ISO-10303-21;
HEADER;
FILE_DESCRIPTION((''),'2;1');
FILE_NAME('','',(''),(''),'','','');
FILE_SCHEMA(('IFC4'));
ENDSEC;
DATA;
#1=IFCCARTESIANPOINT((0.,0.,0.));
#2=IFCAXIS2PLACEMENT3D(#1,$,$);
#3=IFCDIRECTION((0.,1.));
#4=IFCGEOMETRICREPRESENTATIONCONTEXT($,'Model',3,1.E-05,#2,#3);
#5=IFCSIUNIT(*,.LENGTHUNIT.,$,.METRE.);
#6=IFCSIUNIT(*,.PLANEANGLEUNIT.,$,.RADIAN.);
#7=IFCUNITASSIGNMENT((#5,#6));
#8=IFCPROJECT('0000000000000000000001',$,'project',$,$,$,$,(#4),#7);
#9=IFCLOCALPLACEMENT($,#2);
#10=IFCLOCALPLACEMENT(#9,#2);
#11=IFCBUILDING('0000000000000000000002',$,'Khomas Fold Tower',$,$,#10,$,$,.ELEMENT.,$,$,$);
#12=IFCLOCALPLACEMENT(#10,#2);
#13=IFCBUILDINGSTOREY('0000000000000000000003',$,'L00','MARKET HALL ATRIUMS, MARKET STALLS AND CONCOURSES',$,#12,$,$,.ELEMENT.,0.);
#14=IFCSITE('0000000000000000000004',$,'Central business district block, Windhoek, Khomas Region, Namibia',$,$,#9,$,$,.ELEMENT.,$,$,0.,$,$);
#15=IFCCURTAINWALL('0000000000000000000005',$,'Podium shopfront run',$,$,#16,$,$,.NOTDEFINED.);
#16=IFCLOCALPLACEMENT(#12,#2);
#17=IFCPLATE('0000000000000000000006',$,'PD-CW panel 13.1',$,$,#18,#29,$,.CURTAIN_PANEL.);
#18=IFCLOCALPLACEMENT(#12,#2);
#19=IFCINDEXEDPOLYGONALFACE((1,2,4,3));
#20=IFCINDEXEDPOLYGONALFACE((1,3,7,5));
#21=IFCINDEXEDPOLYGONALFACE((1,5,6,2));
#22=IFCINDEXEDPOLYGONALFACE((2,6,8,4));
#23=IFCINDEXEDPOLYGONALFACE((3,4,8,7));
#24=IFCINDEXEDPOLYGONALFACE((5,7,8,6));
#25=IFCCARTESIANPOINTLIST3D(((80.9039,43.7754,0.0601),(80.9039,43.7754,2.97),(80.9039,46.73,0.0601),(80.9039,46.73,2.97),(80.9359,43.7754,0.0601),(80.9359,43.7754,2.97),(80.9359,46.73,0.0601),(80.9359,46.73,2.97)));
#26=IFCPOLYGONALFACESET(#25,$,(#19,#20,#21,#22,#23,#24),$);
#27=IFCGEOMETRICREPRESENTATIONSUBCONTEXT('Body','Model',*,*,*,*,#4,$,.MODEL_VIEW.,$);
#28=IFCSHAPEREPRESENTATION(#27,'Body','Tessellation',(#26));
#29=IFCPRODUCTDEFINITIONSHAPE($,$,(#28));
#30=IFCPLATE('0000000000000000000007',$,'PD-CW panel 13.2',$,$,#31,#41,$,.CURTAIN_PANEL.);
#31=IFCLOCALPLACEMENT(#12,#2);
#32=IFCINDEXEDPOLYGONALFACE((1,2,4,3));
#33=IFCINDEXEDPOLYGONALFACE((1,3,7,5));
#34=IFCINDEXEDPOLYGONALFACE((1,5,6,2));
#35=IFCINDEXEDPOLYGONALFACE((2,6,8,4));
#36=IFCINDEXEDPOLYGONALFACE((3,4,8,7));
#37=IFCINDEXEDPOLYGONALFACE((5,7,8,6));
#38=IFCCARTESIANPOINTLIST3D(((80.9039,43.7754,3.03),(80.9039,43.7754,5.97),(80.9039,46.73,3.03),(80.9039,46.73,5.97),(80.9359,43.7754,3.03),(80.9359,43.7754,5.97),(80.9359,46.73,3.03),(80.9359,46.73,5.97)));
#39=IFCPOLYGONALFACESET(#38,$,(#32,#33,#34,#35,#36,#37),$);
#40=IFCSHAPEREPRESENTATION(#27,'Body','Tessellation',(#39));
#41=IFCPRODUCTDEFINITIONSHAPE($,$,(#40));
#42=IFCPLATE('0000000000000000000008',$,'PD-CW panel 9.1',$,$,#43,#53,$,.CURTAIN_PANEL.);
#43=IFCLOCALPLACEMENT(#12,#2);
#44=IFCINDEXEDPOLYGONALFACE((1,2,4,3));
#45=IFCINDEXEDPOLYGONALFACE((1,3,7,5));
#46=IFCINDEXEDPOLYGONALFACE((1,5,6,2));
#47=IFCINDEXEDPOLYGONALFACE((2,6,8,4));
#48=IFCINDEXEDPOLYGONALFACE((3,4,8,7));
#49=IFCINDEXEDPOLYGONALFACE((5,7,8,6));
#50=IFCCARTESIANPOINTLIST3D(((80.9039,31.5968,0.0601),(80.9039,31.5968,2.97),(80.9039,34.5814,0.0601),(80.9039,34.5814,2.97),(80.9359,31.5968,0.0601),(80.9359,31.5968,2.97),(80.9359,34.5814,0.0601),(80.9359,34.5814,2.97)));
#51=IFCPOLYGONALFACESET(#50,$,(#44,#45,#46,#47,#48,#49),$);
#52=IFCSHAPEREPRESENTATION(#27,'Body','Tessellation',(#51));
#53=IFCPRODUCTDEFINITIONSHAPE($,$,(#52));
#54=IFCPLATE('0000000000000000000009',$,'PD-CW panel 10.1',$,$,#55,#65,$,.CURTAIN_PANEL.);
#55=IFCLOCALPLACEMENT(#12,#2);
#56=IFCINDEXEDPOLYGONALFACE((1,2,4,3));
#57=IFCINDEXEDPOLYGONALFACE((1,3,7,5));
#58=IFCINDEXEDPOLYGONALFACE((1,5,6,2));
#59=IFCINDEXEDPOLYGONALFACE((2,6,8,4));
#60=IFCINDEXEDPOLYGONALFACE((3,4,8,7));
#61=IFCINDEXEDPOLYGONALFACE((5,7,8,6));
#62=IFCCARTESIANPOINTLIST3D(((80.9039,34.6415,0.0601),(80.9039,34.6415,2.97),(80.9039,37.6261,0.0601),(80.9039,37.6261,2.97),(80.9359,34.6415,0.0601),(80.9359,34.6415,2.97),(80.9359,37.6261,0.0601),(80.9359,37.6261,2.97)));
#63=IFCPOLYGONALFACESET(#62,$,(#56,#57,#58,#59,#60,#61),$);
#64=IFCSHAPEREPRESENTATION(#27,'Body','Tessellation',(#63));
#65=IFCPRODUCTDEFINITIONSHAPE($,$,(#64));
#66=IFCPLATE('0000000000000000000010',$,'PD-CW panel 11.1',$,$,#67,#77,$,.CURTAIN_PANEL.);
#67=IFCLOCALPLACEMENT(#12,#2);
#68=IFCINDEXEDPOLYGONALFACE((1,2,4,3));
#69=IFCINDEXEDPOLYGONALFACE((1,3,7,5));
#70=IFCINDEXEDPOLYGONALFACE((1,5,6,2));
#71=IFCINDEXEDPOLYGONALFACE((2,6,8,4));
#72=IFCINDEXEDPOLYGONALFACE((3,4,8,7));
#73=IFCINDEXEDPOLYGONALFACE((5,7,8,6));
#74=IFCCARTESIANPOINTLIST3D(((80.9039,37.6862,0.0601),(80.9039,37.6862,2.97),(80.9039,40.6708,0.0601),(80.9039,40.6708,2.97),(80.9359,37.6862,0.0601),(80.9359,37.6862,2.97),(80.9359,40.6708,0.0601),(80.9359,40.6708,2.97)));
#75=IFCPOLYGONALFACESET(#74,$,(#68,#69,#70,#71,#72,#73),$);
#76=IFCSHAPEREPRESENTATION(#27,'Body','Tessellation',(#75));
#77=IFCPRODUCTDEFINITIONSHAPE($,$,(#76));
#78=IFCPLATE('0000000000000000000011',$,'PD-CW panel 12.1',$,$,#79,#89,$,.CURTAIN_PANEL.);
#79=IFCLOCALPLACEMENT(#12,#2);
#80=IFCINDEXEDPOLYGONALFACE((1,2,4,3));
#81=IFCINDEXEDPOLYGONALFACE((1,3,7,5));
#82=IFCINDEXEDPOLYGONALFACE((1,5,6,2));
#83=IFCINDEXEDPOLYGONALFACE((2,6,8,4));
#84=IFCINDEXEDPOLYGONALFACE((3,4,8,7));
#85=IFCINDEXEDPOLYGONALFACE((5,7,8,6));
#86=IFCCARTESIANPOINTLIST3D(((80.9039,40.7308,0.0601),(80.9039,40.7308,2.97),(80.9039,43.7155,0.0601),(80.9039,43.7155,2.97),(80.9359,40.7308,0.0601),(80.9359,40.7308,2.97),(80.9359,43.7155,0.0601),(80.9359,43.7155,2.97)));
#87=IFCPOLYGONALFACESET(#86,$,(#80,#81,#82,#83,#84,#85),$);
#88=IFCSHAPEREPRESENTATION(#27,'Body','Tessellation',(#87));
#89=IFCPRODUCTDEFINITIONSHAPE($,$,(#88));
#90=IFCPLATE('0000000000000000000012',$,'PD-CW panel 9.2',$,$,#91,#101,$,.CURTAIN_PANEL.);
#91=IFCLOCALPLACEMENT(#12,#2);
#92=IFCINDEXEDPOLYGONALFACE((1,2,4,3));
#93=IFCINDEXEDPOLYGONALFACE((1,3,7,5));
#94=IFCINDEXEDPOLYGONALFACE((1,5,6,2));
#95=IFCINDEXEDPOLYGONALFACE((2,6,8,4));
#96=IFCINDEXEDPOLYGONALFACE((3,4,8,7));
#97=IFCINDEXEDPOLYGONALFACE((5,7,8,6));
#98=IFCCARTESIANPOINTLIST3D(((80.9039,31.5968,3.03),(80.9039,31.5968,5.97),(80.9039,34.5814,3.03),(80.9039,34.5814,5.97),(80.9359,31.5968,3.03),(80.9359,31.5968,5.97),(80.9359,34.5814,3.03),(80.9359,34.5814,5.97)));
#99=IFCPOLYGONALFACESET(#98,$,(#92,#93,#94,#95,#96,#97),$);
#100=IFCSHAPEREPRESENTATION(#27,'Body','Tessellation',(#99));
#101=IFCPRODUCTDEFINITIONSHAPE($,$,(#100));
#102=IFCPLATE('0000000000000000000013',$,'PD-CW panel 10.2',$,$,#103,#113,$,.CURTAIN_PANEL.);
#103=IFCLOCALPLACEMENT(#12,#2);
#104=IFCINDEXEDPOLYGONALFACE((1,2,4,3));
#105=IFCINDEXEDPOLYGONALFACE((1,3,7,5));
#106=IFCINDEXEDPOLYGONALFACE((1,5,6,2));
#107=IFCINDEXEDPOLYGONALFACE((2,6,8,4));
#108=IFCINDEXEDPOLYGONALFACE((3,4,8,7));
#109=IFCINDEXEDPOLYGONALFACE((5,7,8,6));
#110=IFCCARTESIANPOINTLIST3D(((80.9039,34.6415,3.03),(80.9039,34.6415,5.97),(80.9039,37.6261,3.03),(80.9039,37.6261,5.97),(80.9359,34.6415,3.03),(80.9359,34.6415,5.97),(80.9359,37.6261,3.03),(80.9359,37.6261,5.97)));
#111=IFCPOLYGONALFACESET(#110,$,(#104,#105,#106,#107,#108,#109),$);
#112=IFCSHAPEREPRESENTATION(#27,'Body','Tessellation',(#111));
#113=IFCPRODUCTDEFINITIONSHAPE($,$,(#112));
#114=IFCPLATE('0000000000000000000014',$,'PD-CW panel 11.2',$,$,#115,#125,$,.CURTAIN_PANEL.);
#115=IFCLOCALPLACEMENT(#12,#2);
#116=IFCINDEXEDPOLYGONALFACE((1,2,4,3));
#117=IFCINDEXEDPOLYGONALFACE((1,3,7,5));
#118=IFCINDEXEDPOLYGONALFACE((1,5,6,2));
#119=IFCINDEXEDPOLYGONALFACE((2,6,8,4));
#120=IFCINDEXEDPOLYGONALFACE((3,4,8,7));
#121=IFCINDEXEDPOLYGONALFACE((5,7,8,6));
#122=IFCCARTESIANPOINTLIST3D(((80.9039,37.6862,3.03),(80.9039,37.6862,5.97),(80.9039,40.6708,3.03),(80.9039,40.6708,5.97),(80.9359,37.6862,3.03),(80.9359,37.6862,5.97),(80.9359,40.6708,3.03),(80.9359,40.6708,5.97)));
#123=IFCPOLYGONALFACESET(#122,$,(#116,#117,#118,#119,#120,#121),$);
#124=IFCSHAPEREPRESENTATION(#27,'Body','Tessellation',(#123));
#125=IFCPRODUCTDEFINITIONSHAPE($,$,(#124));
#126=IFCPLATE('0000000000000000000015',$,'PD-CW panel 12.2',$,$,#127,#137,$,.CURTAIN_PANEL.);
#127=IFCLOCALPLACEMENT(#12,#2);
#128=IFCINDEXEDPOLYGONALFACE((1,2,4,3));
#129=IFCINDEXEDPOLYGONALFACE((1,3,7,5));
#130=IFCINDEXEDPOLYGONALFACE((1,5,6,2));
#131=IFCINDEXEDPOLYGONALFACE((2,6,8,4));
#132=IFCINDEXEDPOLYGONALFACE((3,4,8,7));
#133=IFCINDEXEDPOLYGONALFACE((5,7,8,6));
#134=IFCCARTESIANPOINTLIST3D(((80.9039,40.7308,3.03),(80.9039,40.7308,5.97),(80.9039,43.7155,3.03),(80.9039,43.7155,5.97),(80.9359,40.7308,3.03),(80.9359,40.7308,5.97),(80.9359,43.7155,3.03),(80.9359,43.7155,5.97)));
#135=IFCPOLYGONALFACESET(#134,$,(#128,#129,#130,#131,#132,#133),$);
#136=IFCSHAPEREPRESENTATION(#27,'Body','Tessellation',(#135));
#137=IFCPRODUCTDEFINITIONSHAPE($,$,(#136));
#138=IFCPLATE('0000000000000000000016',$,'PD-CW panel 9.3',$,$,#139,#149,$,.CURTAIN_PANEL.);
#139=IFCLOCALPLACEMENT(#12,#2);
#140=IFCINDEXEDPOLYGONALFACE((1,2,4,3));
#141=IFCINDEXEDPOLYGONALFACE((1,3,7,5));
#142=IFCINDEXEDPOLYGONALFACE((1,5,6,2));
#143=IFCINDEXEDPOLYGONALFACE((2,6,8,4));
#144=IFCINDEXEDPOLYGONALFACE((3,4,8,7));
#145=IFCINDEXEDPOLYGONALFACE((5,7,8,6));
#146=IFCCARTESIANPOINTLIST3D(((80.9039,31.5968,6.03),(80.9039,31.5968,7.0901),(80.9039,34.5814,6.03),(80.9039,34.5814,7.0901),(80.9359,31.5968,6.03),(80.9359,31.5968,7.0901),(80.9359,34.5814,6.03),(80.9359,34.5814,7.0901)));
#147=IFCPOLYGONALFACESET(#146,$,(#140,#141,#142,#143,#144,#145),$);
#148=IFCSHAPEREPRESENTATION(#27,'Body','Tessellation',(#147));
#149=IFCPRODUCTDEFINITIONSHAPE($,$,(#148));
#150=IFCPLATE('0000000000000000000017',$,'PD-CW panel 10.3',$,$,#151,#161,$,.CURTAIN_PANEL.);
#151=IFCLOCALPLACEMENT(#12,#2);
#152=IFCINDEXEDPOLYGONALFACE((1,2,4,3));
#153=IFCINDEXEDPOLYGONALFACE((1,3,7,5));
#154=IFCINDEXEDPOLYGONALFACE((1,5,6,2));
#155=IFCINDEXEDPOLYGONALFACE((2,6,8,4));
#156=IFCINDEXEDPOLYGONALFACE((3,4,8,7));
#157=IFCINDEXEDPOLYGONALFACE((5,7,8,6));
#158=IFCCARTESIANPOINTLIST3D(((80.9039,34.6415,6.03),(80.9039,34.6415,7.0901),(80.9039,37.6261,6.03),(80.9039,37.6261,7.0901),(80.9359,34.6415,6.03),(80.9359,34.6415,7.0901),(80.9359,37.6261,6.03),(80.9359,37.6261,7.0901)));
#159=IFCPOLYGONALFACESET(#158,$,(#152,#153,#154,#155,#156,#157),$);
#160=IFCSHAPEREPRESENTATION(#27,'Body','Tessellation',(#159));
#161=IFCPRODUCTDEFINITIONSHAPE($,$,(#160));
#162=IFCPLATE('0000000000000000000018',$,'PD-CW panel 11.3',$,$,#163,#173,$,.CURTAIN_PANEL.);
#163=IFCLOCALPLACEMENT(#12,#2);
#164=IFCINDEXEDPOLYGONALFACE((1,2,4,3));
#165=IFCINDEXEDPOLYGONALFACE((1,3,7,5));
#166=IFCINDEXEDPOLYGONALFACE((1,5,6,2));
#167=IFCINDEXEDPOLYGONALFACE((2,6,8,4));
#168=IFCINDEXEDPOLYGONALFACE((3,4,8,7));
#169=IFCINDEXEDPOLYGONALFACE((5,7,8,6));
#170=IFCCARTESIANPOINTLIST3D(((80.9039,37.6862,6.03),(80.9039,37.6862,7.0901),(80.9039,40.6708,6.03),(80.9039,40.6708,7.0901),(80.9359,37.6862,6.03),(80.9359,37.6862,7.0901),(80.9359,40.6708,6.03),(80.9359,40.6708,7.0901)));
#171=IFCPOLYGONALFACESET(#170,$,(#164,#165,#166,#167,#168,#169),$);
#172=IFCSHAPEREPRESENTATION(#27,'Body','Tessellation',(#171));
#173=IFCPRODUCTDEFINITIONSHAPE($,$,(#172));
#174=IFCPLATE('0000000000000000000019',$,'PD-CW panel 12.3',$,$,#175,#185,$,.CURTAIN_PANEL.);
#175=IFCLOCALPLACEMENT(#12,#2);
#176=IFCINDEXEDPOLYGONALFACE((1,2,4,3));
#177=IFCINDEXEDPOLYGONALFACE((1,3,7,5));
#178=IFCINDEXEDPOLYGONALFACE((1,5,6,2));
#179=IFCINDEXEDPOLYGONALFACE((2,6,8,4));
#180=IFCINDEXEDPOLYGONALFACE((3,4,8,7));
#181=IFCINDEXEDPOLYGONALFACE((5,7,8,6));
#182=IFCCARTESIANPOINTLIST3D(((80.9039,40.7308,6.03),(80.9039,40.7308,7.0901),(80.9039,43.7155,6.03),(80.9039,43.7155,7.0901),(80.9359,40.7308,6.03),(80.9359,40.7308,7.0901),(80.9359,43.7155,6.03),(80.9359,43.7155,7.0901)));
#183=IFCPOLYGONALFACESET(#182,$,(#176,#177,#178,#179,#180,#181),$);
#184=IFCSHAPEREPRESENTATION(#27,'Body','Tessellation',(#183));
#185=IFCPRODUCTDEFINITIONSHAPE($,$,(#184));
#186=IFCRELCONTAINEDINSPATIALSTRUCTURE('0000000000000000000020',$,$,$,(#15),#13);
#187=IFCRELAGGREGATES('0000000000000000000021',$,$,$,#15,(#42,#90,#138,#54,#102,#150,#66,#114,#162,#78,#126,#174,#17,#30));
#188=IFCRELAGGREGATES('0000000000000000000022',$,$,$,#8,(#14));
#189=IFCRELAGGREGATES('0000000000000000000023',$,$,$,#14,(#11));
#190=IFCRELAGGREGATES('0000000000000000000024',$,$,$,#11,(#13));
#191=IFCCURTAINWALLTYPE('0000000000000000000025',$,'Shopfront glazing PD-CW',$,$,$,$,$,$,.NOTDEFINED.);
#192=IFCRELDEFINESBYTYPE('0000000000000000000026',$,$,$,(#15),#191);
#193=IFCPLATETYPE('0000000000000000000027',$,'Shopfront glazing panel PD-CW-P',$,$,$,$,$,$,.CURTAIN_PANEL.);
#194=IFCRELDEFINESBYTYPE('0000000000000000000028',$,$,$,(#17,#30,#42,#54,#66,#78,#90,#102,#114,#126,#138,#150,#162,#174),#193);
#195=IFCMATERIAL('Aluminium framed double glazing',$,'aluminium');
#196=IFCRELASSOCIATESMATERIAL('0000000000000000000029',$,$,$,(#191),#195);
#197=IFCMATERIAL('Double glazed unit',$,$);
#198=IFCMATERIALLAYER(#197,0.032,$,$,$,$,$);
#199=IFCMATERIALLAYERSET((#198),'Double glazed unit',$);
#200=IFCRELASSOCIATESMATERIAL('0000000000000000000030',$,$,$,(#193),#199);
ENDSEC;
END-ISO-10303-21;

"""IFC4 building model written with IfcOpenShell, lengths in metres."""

from ifc_helpers import new_model, si_unit, direction, frame, origin, origin_2d, place, context, subcontext, project, spatial, rectangle, extrude, source, transform, mapped, material, layer, layer_set, type_object, element, aggregate, save


model = new_model("IFC4")

# Units and contexts
model_context = context("Model", 3, precision=1e-05, world=origin(), true_north=direction((0.0, 1.0)))
body_context = subcontext(model_context, "Body", "Model", "MODEL_VIEW")
ifc_project = project(units=[si_unit("LENGTHUNIT", "METRE"), si_unit("PLANEANGLEUNIT", "RADIAN")], contexts=[model_context])

# Site, building, storey
site_placement = place(None, origin())
site = spatial("IfcSite", under=ifc_project, at=site_placement, Name="Central business district block, Windhoek, Khomas Region, Namibia", CompositionType="ELEMENT", RefElevation=0.0)
building_placement = place(site_placement, origin())
building = spatial("IfcBuilding", under=site, at=building_placement, Name="Khomas Fold Tower", CompositionType="ELEMENT")
storey_placement = place(building_placement, origin())
storey = spatial("IfcBuildingStorey", under=building, at=storey_placement, Name="L00", Description="MARKET HALL ATRIUMS, MARKET STALLS AND CONCOURSES", CompositionType="ELEMENT", Elevation=0.0)

# Curtain wall, plates
ifc_material_1 = material(Name="Aluminium framed double glazing", Category="aluminium")
curtain_wall_type = type_object("IfcCurtainWallType", Name="Shopfront glazing PD-CW", PredefinedType="NOTDEFINED", material=ifc_material_1)
curtain_wall_placement = place(storey_placement, origin())
curtain_wall = element("IfcCurtainWall", 1, at=curtain_wall_placement, inside=storey, type_object=curtain_wall_type, Name="Podium shopfront run", PredefinedType="NOTDEFINED")
ifc_material_2 = material(Name="Double glazed unit")
ifc_layer = layer(ifc_material_2, 0.032)
ifc_layer_set = layer_set([ifc_layer], Name="Double glazed unit")
plate_type = type_object("IfcPlateType", Name="Shopfront glazing panel PD-CW-P", PredefinedType="CURTAIN_PANEL", material=ifc_layer_set)
shared_shape_1 = source(origin(), body_context, "Body", "SweptSolid", [
    extrude(rectangle(XDim=2.9546, YDim=0.032, at=origin_2d()), origin(), (0.0, 0.0, 1.0), 2.9099),
])
plate_1_placement = place(storey_placement, frame((80.9199, 45.2527, 0.0601), z_axis=(0.0, 0.0, 1.0), x_axis=(0.0, 1.0, 0.0)))
plate_1 = element("IfcPlate", 2, at=plate_1_placement, type_object=plate_type, Name="PD-CW panel 13.1", PredefinedType="CURTAIN_PANEL", context=body_context, shape_type="MappedRepresentation", body=[
    mapped(shared_shape_1, transform((0.0, 0.0, 0.0))),
])
shared_shape_2 = source(origin(), body_context, "Body", "SweptSolid", [
    extrude(rectangle(XDim=2.9546, YDim=0.032, at=origin_2d()), origin(), (0.0, 0.0, 1.0), 2.9399),
])
plate_2_placement = place(storey_placement, frame((80.9199, 45.2527, 3.03), z_axis=(0.0, 0.0, 1.0), x_axis=(0.0, 1.0, 0.0)))
plate_2 = element("IfcPlate", 3, at=plate_2_placement, type_object=plate_type, Name="PD-CW panel 13.2", PredefinedType="CURTAIN_PANEL", context=body_context, shape_type="MappedRepresentation", body=[
    mapped(shared_shape_2, transform((0.0, 0.0, 0.0))),
])
shared_shape_3 = source(origin(), body_context, "Body", "SweptSolid", [
    extrude(rectangle(XDim=2.9846, YDim=0.032, at=origin_2d()), origin(), (0.0, 0.0, 1.0), 2.9099),
])
plate_3_placement = place(storey_placement, frame((80.9199, 33.0891, 0.0601), z_axis=(0.0, 0.0, 1.0), x_axis=(0.0, 1.0, 0.0)))
plate_3 = element("IfcPlate", 4, at=plate_3_placement, type_object=plate_type, Name="PD-CW panel 9.1", PredefinedType="CURTAIN_PANEL", context=body_context, shape_type="MappedRepresentation", body=[
    mapped(shared_shape_3, transform((0.0, 0.0, 0.0))),
])
plate_4_placement = place(storey_placement, frame((80.9199, 36.1338, 0.0601), z_axis=(0.0, 0.0, 1.0), x_axis=(0.0, 1.0, 0.0)))
plate_4 = element("IfcPlate", 5, at=plate_4_placement, type_object=plate_type, Name="PD-CW panel 10.1", PredefinedType="CURTAIN_PANEL", context=body_context, shape_type="MappedRepresentation", body=[
    mapped(shared_shape_3, transform((0.0, 0.0, 0.0))),
])
plate_5_placement = place(storey_placement, frame((80.9199, 39.1785, 0.0601), z_axis=(0.0, 0.0, 1.0), x_axis=(0.0, 1.0, 0.0)))
plate_5 = element("IfcPlate", 6, at=plate_5_placement, type_object=plate_type, Name="PD-CW panel 11.1", PredefinedType="CURTAIN_PANEL", context=body_context, shape_type="MappedRepresentation", body=[
    mapped(shared_shape_3, transform((0.0, 0.0, 0.0))),
])
plate_6_placement = place(storey_placement, frame((80.9199, 42.2231, 0.0601), z_axis=(0.0, 0.0, 1.0), x_axis=(0.0, 1.0, 0.0)))
plate_6 = element("IfcPlate", 7, at=plate_6_placement, type_object=plate_type, Name="PD-CW panel 12.1", PredefinedType="CURTAIN_PANEL", context=body_context, shape_type="MappedRepresentation", body=[
    mapped(shared_shape_3, transform((0.0, 0.0, 0.0))),
])
shared_shape_4 = source(origin(), body_context, "Body", "SweptSolid", [
    extrude(rectangle(XDim=2.9846, YDim=0.032, at=origin_2d()), origin(), (0.0, 0.0, 1.0), 2.9399),
])
plate_7_placement = place(storey_placement, frame((80.9199, 33.0891, 3.03), z_axis=(0.0, 0.0, 1.0), x_axis=(0.0, 1.0, 0.0)))
plate_7 = element("IfcPlate", 8, at=plate_7_placement, type_object=plate_type, Name="PD-CW panel 9.2", PredefinedType="CURTAIN_PANEL", context=body_context, shape_type="MappedRepresentation", body=[
    mapped(shared_shape_4, transform((0.0, 0.0, 0.0))),
])
plate_8_placement = place(storey_placement, frame((80.9199, 36.1338, 3.03), z_axis=(0.0, 0.0, 1.0), x_axis=(0.0, 1.0, 0.0)))
plate_8 = element("IfcPlate", 9, at=plate_8_placement, type_object=plate_type, Name="PD-CW panel 10.2", PredefinedType="CURTAIN_PANEL", context=body_context, shape_type="MappedRepresentation", body=[
    mapped(shared_shape_4, transform((0.0, 0.0, 0.0))),
])
plate_9_placement = place(storey_placement, frame((80.9199, 39.1785, 3.03), z_axis=(0.0, 0.0, 1.0), x_axis=(0.0, 1.0, 0.0)))
plate_9 = element("IfcPlate", 10, at=plate_9_placement, type_object=plate_type, Name="PD-CW panel 11.2", PredefinedType="CURTAIN_PANEL", context=body_context, shape_type="MappedRepresentation", body=[
    mapped(shared_shape_4, transform((0.0, 0.0, 0.0))),
])
plate_10_placement = place(storey_placement, frame((80.9199, 42.2231, 3.03), z_axis=(0.0, 0.0, 1.0), x_axis=(0.0, 1.0, 0.0)))
plate_10 = element("IfcPlate", 11, at=plate_10_placement, type_object=plate_type, Name="PD-CW panel 12.2", PredefinedType="CURTAIN_PANEL", context=body_context, shape_type="MappedRepresentation", body=[
    mapped(shared_shape_4, transform((0.0, 0.0, 0.0))),
])
shared_shape_5 = source(origin(), body_context, "Body", "SweptSolid", [
    extrude(rectangle(XDim=2.9846, YDim=0.032, at=origin_2d()), origin(), (0.0, 0.0, 1.0), 1.0601),
])
plate_11_placement = place(storey_placement, frame((80.9199, 33.0891, 6.03), z_axis=(0.0, 0.0, 1.0), x_axis=(0.0, 1.0, 0.0)))
plate_11 = element("IfcPlate", 12, at=plate_11_placement, type_object=plate_type, Name="PD-CW panel 9.3", PredefinedType="CURTAIN_PANEL", context=body_context, shape_type="MappedRepresentation", body=[
    mapped(shared_shape_5, transform((0.0, 0.0, 0.0))),
])
plate_12_placement = place(storey_placement, frame((80.9199, 36.1338, 6.03), z_axis=(0.0, 0.0, 1.0), x_axis=(0.0, 1.0, 0.0)))
plate_12 = element("IfcPlate", 13, at=plate_12_placement, type_object=plate_type, Name="PD-CW panel 10.3", PredefinedType="CURTAIN_PANEL", context=body_context, shape_type="MappedRepresentation", body=[
    mapped(shared_shape_5, transform((0.0, 0.0, 0.0))),
])
plate_13_placement = place(storey_placement, frame((80.9199, 39.1785, 6.03), z_axis=(0.0, 0.0, 1.0), x_axis=(0.0, 1.0, 0.0)))
plate_13 = element("IfcPlate", 14, at=plate_13_placement, type_object=plate_type, Name="PD-CW panel 11.3", PredefinedType="CURTAIN_PANEL", context=body_context, shape_type="MappedRepresentation", body=[
    mapped(shared_shape_5, transform((0.0, 0.0, 0.0))),
])
plate_14_placement = place(storey_placement, frame((80.9199, 42.2231, 6.03), z_axis=(0.0, 0.0, 1.0), x_axis=(0.0, 1.0, 0.0)))
plate_14 = element("IfcPlate", 15, at=plate_14_placement, type_object=plate_type, Name="PD-CW panel 12.3", PredefinedType="CURTAIN_PANEL", context=body_context, shape_type="MappedRepresentation", body=[
    mapped(shared_shape_5, transform((0.0, 0.0, 0.0))),
])
aggregate(curtain_wall, [plate_3, plate_7, plate_11, plate_4, plate_8, plate_12, plate_5, plate_9, plate_13, plate_6, plate_10, plate_14, plate_1, plate_2])

save(model, "model.ifc")
